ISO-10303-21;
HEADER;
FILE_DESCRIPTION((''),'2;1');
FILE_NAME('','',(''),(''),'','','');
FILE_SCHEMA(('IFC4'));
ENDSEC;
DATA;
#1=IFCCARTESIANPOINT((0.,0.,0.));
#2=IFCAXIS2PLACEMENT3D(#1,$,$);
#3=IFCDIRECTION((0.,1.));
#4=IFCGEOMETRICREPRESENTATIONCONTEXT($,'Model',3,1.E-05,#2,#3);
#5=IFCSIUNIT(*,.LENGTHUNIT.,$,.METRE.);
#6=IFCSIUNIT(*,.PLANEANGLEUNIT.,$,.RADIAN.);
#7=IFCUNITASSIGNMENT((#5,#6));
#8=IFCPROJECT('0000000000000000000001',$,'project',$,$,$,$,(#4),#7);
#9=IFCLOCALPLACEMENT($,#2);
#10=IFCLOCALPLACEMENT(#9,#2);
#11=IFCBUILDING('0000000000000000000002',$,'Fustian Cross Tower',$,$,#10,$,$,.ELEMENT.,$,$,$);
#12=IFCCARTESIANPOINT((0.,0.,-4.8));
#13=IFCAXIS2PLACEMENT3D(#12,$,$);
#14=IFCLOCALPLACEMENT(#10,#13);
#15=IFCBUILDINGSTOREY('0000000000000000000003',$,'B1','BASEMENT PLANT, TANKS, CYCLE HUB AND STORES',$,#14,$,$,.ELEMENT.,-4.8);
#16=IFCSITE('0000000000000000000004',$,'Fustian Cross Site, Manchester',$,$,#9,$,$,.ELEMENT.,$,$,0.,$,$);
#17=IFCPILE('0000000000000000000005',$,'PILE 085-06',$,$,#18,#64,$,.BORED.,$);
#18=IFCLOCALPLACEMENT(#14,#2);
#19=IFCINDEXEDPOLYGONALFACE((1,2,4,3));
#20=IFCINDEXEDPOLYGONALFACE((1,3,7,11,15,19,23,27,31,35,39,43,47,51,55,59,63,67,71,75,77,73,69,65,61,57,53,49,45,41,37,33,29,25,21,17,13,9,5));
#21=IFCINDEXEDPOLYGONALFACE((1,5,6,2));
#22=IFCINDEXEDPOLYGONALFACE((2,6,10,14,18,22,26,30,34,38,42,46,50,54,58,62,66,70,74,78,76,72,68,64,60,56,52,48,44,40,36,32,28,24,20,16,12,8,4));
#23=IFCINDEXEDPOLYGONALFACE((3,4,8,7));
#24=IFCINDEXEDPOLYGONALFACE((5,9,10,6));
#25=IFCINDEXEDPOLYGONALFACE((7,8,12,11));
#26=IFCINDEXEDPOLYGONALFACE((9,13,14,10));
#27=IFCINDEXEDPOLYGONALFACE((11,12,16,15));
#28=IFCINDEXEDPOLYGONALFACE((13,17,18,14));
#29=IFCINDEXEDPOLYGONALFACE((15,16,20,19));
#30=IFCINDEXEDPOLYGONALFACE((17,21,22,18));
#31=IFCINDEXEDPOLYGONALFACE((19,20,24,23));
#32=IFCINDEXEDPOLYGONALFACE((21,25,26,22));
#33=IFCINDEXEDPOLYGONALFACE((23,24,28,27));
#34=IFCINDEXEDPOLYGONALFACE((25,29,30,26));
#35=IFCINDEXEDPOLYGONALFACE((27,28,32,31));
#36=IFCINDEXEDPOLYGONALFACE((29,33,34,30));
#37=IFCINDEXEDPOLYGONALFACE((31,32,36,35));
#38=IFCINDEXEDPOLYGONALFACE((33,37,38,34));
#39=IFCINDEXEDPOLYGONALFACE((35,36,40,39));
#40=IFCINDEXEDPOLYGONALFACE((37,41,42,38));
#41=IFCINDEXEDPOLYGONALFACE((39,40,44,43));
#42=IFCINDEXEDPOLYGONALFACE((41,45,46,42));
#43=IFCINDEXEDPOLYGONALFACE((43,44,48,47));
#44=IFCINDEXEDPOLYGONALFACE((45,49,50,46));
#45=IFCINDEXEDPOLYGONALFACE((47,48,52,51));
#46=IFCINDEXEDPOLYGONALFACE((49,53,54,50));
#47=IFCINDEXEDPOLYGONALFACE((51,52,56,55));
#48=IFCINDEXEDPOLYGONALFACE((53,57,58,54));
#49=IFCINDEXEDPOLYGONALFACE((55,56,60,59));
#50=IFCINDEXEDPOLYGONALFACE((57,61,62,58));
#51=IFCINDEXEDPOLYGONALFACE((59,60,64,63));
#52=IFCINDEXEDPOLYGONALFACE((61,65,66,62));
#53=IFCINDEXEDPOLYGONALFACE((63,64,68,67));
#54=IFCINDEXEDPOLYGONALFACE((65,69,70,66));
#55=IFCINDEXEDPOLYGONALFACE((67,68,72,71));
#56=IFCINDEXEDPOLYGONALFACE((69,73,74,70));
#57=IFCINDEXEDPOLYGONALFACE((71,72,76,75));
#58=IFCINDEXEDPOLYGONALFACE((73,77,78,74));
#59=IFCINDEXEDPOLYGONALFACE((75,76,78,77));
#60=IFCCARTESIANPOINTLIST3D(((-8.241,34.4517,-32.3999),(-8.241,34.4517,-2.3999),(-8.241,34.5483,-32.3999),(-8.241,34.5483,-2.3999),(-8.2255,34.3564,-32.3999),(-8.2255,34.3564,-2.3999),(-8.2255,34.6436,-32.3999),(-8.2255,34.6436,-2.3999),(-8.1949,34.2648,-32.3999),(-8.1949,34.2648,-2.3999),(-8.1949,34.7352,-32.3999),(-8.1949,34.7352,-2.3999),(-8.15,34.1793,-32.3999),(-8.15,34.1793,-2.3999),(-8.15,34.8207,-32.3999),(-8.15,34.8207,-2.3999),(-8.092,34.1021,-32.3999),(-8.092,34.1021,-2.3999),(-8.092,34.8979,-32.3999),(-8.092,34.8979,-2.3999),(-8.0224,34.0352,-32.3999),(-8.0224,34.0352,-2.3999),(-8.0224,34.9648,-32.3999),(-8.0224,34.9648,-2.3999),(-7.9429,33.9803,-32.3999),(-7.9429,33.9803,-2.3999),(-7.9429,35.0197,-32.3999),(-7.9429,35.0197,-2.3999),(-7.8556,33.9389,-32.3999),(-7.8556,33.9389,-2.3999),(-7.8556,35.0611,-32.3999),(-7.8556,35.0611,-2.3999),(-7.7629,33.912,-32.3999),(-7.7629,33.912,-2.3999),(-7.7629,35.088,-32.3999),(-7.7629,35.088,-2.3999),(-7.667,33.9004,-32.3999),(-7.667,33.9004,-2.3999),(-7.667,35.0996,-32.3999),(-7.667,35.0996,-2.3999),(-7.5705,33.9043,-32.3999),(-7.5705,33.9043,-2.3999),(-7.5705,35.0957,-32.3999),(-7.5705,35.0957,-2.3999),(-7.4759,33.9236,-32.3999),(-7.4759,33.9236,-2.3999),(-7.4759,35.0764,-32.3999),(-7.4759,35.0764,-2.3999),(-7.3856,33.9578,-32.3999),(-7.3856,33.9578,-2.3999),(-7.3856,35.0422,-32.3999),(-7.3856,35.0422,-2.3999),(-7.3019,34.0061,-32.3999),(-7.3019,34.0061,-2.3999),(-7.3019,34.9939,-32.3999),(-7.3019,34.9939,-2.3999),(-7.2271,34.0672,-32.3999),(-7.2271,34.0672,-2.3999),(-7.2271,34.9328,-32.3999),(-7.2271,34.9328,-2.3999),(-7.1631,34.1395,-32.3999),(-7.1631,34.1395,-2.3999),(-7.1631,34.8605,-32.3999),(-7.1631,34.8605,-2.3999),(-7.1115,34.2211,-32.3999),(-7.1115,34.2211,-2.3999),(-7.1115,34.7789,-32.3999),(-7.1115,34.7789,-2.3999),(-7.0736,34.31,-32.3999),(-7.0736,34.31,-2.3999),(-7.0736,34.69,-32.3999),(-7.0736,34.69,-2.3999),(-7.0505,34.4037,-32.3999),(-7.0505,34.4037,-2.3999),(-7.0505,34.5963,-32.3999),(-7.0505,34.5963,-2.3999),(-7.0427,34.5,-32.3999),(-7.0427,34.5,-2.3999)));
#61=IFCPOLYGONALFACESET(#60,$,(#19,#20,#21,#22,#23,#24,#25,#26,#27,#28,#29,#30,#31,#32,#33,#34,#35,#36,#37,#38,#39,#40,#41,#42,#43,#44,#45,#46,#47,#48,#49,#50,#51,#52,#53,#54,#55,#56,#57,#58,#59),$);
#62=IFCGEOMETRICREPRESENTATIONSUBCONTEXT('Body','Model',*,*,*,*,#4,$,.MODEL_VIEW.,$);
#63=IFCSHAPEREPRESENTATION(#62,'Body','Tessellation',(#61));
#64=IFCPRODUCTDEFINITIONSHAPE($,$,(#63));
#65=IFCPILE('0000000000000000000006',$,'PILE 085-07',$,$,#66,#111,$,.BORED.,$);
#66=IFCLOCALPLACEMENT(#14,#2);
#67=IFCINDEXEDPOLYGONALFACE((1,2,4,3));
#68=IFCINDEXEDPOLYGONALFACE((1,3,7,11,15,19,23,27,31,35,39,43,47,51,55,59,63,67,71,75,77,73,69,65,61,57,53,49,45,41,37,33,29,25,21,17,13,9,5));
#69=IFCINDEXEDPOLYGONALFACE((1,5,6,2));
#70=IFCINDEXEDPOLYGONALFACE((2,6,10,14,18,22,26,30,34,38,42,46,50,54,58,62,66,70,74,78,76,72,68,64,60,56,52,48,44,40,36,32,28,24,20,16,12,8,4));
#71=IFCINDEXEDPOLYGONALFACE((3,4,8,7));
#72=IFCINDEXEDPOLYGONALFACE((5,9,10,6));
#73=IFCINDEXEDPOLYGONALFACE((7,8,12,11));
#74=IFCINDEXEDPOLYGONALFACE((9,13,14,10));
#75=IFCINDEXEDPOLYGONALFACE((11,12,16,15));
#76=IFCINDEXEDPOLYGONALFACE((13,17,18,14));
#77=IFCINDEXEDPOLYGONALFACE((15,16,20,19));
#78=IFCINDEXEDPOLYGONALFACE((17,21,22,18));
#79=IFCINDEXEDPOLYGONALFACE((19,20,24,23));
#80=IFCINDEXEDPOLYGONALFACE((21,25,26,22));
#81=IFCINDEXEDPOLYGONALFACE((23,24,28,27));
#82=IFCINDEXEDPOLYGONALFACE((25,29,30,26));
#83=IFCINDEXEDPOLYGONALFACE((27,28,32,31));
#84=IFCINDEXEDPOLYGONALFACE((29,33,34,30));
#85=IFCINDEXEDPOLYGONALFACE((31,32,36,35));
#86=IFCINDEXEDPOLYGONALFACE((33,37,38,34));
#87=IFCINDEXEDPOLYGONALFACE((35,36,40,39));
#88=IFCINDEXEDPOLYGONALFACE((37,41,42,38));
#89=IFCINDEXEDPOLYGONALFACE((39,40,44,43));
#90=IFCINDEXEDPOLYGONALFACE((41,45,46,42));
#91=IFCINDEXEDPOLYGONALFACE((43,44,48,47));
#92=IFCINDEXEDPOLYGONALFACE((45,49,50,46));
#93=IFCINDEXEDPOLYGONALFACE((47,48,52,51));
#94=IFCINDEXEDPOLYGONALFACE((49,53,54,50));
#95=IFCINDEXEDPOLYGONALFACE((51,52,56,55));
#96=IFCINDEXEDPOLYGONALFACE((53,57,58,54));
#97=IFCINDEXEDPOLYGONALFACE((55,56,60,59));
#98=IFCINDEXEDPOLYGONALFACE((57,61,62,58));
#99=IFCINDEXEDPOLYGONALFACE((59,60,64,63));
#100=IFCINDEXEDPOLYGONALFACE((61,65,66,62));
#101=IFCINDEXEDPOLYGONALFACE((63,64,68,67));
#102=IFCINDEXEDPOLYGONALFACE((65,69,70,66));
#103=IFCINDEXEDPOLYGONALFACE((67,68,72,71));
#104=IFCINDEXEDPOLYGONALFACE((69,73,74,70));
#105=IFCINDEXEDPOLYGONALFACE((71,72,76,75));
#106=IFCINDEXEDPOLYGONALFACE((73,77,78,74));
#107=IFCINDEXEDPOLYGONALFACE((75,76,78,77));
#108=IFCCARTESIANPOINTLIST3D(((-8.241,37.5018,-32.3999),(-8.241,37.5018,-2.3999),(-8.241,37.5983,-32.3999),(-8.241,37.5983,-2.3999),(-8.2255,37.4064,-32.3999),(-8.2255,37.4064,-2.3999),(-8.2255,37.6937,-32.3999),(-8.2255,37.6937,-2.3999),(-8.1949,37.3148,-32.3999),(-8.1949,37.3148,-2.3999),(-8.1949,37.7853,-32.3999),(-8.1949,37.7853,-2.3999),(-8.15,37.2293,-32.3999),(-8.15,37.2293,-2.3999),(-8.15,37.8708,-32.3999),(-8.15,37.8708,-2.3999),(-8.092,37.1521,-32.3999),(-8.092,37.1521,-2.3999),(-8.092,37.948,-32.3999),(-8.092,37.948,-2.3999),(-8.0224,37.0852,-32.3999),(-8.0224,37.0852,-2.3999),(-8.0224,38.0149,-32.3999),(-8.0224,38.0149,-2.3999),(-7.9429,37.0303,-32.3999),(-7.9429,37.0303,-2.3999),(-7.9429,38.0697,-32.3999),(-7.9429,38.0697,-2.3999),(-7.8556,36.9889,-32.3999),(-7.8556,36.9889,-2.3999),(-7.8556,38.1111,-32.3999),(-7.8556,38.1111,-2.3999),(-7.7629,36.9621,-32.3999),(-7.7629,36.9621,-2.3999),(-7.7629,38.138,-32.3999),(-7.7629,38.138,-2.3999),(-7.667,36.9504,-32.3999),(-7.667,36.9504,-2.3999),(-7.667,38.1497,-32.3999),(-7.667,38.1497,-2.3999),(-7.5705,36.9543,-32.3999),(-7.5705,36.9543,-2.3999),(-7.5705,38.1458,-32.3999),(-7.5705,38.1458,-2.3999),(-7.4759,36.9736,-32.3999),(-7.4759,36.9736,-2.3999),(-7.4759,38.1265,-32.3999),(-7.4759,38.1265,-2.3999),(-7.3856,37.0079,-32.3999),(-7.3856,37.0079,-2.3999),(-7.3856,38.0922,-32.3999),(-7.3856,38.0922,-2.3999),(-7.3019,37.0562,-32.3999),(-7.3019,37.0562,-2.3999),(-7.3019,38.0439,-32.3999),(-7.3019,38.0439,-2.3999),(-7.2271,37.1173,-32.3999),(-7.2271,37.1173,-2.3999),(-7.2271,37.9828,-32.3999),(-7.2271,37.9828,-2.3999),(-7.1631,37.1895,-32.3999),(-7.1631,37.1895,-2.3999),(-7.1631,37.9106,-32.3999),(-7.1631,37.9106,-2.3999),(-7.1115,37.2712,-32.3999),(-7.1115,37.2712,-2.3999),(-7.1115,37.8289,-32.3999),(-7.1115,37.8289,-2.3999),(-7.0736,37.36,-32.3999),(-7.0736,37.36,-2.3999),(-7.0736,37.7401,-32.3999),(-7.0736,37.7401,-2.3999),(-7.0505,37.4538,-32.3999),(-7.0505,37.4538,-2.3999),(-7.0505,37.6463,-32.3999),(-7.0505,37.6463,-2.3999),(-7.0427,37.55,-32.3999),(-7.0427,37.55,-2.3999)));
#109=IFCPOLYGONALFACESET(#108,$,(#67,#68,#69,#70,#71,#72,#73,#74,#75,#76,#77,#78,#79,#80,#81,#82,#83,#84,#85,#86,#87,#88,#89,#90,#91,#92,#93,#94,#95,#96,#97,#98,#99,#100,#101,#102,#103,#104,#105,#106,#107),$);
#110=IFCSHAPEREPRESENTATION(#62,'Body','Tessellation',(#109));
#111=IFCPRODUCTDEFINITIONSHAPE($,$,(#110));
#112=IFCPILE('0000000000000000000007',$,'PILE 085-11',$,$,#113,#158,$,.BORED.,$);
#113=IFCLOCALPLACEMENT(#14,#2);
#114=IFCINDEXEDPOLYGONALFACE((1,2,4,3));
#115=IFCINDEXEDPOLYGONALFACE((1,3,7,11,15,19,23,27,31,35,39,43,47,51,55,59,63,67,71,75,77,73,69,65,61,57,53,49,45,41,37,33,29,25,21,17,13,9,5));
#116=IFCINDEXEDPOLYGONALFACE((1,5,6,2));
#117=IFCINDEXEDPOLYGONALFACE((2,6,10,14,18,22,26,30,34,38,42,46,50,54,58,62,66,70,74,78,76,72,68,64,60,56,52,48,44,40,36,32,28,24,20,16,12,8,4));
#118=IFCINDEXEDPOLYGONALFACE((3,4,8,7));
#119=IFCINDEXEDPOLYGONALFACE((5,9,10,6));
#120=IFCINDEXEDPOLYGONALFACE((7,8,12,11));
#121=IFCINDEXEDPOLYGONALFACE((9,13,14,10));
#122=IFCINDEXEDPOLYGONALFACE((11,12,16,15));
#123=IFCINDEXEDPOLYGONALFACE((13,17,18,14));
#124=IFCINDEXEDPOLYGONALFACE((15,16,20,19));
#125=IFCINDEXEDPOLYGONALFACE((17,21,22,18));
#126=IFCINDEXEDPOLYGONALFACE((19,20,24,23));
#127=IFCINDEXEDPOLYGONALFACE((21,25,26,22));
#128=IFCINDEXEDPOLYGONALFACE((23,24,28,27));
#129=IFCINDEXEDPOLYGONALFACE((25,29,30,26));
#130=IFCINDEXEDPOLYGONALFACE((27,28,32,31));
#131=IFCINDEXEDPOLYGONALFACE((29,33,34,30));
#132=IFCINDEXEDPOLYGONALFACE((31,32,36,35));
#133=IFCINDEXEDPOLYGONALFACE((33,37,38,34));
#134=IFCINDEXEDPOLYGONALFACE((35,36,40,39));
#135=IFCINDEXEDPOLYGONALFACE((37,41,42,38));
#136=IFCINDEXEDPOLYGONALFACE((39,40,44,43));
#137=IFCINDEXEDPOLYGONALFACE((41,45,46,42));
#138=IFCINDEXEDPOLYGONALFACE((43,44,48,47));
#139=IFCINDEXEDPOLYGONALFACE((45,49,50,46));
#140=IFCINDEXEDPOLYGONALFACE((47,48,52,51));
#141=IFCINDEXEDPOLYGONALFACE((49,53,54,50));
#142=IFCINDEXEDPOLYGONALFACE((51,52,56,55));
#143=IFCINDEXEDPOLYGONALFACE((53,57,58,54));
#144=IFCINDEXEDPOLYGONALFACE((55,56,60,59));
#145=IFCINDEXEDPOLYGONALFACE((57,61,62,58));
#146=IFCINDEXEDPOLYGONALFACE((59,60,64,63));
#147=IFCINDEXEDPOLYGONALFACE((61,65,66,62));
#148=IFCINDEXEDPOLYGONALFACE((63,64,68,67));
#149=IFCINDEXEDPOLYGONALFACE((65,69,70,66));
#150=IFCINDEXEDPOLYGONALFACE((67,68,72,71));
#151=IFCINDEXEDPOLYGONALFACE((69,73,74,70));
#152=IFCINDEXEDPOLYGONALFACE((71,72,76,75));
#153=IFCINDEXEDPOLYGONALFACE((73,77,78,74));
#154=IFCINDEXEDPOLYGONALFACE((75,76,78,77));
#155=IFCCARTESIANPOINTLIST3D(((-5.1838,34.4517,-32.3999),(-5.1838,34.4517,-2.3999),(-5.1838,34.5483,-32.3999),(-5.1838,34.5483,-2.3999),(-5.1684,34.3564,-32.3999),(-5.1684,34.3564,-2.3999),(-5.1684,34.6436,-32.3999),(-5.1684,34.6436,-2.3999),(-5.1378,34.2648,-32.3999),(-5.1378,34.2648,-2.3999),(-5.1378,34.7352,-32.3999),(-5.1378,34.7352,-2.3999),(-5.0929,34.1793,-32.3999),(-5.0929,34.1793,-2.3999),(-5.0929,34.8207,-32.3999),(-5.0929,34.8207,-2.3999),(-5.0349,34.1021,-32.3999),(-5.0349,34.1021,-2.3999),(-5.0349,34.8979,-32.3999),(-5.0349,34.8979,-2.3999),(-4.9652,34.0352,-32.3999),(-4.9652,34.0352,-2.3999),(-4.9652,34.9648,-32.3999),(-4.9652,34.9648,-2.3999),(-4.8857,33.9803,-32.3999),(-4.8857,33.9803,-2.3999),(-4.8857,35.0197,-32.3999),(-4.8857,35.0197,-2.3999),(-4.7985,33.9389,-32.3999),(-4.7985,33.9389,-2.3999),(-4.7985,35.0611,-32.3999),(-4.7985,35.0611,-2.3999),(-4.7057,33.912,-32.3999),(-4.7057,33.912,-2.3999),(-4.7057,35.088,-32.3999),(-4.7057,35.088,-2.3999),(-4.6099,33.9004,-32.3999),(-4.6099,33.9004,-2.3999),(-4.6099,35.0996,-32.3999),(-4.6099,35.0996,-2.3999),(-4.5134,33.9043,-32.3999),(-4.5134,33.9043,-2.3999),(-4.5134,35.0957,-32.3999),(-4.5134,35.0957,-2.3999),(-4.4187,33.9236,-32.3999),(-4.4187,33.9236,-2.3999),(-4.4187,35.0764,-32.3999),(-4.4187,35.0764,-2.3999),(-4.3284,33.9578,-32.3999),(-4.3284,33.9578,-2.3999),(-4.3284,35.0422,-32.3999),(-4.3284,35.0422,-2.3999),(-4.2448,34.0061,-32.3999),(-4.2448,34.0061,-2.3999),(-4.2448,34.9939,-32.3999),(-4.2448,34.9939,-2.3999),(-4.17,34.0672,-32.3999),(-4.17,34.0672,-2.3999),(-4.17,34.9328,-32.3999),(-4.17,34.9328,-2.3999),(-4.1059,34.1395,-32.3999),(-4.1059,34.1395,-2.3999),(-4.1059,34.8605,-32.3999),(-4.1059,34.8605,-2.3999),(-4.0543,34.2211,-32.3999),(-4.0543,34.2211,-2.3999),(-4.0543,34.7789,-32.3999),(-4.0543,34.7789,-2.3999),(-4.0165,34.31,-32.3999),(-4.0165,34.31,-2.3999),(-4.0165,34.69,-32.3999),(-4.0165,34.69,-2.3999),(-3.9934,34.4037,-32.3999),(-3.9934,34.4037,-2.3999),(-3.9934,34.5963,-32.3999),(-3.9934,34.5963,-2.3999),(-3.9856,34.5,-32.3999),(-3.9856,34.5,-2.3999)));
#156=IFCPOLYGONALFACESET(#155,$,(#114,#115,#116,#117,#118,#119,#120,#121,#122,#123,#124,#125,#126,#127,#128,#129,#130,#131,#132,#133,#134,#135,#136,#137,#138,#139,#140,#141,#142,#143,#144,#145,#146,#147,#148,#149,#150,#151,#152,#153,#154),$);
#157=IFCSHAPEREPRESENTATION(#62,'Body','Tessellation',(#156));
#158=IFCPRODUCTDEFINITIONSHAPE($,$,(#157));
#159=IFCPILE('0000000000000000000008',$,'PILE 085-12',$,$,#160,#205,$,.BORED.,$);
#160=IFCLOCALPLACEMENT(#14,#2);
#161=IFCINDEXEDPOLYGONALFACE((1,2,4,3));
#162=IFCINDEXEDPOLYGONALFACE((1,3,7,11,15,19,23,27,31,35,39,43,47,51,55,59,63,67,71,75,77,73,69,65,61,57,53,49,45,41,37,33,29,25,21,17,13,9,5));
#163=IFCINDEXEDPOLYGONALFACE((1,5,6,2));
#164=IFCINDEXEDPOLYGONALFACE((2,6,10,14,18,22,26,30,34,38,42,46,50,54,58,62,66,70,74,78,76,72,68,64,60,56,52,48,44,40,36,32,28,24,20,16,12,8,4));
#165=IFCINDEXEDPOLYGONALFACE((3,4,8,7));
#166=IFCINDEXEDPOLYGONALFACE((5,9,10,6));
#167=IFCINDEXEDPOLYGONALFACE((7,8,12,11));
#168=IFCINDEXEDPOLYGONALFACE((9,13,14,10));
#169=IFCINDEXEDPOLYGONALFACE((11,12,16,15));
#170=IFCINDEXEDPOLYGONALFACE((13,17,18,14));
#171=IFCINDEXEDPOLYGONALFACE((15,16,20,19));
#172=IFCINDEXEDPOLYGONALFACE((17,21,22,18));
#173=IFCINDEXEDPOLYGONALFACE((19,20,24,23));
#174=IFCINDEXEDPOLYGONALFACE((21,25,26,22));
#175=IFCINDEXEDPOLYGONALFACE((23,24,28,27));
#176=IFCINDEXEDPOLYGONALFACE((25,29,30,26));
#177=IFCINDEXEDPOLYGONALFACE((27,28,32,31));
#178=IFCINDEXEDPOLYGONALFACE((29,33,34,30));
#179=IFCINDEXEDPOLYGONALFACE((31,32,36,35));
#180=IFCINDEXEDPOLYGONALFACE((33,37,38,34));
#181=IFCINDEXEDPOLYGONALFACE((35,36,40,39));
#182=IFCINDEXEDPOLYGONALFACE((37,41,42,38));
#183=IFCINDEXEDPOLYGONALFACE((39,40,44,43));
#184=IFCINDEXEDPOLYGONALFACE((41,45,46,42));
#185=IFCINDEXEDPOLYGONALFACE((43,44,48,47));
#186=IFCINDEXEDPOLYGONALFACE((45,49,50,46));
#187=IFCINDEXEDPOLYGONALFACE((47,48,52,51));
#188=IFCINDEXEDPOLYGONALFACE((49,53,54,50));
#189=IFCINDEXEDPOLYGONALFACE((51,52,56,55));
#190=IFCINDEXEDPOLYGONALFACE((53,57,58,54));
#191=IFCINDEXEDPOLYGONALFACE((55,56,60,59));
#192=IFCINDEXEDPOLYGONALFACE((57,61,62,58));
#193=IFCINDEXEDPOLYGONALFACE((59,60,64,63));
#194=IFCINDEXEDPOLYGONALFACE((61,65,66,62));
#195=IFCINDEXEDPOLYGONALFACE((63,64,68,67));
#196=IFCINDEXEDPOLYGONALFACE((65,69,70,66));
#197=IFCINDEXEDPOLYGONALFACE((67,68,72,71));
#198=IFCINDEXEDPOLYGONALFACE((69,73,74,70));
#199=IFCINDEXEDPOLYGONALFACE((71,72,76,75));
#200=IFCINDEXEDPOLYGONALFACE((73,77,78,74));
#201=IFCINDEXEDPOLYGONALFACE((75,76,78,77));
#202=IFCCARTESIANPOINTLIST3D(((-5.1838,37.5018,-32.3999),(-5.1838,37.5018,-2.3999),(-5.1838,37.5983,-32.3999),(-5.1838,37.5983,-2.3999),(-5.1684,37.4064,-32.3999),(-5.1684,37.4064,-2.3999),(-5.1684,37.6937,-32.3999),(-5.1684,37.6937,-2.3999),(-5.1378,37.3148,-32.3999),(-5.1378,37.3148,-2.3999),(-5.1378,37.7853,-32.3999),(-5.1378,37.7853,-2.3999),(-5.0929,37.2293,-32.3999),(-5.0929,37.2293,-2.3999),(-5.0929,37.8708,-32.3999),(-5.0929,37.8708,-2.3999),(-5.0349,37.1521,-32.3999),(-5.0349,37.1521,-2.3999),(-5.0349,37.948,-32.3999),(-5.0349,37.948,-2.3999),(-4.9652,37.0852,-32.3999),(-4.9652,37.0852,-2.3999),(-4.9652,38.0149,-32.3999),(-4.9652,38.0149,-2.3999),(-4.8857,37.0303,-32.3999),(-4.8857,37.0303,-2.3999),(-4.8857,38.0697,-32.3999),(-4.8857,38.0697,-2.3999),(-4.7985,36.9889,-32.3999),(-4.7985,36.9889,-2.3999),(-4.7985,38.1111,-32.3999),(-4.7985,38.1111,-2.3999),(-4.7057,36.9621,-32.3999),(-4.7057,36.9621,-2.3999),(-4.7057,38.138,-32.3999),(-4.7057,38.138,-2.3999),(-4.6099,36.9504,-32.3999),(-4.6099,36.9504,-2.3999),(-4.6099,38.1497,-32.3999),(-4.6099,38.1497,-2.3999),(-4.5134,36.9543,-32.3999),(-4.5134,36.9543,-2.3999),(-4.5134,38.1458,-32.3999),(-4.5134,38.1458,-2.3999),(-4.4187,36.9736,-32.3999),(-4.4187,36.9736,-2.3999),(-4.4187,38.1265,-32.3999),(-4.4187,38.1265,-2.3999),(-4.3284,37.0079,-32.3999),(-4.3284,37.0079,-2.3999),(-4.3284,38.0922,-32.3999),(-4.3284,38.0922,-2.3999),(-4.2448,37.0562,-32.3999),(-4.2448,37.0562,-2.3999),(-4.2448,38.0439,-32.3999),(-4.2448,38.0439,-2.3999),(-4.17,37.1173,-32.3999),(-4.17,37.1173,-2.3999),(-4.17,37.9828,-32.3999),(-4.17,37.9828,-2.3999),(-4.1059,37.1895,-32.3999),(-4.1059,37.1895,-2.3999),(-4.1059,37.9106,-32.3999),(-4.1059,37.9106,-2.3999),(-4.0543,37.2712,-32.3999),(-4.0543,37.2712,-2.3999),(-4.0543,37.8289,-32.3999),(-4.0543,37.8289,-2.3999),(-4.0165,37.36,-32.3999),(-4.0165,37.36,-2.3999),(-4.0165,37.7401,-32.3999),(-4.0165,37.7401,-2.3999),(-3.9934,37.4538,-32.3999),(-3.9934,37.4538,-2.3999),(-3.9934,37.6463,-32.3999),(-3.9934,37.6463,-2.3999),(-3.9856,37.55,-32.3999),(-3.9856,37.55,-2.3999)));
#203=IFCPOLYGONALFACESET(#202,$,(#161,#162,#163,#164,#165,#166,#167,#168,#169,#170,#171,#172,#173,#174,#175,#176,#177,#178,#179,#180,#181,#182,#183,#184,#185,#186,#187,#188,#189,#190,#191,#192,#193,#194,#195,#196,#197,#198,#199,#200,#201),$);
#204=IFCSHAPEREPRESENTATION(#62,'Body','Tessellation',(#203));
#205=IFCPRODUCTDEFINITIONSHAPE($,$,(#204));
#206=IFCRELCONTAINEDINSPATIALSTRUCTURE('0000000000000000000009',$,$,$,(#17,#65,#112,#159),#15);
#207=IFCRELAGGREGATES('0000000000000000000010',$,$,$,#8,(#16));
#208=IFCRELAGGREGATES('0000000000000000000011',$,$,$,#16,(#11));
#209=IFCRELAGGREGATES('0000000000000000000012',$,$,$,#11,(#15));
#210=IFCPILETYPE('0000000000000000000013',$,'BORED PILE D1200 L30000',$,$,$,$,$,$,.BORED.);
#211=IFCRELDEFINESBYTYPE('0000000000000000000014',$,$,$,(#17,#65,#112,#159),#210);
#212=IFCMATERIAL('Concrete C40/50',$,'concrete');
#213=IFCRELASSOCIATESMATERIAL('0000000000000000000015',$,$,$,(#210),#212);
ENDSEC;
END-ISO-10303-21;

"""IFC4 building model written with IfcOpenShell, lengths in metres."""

from ifc_helpers import new_model, si_unit, direction, frame, origin, origin_2d, place, context, subcontext, project, spatial, circle, extrude, material, material_profile, profile_set, type_object, element, save


model = new_model("IFC4")

# Units and contexts
model_context = context("Model", 3, precision=1e-05, world=origin(), true_north=direction((0.0, 1.0)))
body_context = subcontext(model_context, "Body", "Model", "MODEL_VIEW")
ifc_project = project(units=[si_unit("LENGTHUNIT", "METRE"), si_unit("PLANEANGLEUNIT", "RADIAN")], contexts=[model_context])

# Site, building, storey
site_placement = place(None, origin())
site = spatial("IfcSite", under=ifc_project, at=site_placement, Name="Fustian Cross Site, Manchester", CompositionType="ELEMENT", RefElevation=0.0)
building_placement = place(site_placement, origin())
building = spatial("IfcBuilding", under=site, at=building_placement, Name="Fustian Cross Tower", CompositionType="ELEMENT")
storey_placement = place(building_placement, frame((0.0, 0.0, -4.8)))
storey = spatial("IfcBuildingStorey", under=building, at=storey_placement, Name="B1", Description="BASEMENT PLANT, TANKS, CYCLE HUB AND STORES", CompositionType="ELEMENT", Elevation=-4.8)

# Piles
ifc_material_1 = material(Name="Concrete C40/50", Category="concrete")
ifc_material_profile_1 = material_profile(ifc_material_1, circle(Radius=0.6001, at=origin_2d()), Name="BORED PILE D1200 L30000")
ifc_profile_set_1 = profile_set([ifc_material_profile_1], Name="Concrete C40/50")
pile_type = type_object("IfcPileType", Name="BORED PILE D1200 L30000", PredefinedType="BORED", material=ifc_profile_set_1)
for number, where, z_axis, x_axis, name in (
    (1, (-7.6428, 34.5, -2.3999), (0.0, 0.0, -1.0), (1.0, 0.0, 0.0), "PILE 085-06"),
    (2, (-7.6428, 37.55, -2.3999), (0.0, 0.0, -1.0), (1.0, 0.0, 0.0), "PILE 085-07"),
    (3, (-4.5857, 34.5, -2.3999), (0.0, 0.0, -1.0), (1.0, 0.0, 0.0), "PILE 085-11"),
    (4, (-4.5857, 37.55, -2.3999), (0.0, 0.0, -1.0), (1.0, 0.0, 0.0), "PILE 085-12"),
):
    element("IfcPile", number, at=place(storey_placement, frame(where, z_axis=z_axis, x_axis=x_axis)), inside=storey, type_object=pile_type, Name=name, PredefinedType="BORED", context=body_context, shape_type="SweptSolid", body=[
        extrude(circle(Radius=0.6001, at=origin_2d()), origin(), (0.0, 0.0, 1.0), 30.0),
    ])

save(model, "model.ifc")
